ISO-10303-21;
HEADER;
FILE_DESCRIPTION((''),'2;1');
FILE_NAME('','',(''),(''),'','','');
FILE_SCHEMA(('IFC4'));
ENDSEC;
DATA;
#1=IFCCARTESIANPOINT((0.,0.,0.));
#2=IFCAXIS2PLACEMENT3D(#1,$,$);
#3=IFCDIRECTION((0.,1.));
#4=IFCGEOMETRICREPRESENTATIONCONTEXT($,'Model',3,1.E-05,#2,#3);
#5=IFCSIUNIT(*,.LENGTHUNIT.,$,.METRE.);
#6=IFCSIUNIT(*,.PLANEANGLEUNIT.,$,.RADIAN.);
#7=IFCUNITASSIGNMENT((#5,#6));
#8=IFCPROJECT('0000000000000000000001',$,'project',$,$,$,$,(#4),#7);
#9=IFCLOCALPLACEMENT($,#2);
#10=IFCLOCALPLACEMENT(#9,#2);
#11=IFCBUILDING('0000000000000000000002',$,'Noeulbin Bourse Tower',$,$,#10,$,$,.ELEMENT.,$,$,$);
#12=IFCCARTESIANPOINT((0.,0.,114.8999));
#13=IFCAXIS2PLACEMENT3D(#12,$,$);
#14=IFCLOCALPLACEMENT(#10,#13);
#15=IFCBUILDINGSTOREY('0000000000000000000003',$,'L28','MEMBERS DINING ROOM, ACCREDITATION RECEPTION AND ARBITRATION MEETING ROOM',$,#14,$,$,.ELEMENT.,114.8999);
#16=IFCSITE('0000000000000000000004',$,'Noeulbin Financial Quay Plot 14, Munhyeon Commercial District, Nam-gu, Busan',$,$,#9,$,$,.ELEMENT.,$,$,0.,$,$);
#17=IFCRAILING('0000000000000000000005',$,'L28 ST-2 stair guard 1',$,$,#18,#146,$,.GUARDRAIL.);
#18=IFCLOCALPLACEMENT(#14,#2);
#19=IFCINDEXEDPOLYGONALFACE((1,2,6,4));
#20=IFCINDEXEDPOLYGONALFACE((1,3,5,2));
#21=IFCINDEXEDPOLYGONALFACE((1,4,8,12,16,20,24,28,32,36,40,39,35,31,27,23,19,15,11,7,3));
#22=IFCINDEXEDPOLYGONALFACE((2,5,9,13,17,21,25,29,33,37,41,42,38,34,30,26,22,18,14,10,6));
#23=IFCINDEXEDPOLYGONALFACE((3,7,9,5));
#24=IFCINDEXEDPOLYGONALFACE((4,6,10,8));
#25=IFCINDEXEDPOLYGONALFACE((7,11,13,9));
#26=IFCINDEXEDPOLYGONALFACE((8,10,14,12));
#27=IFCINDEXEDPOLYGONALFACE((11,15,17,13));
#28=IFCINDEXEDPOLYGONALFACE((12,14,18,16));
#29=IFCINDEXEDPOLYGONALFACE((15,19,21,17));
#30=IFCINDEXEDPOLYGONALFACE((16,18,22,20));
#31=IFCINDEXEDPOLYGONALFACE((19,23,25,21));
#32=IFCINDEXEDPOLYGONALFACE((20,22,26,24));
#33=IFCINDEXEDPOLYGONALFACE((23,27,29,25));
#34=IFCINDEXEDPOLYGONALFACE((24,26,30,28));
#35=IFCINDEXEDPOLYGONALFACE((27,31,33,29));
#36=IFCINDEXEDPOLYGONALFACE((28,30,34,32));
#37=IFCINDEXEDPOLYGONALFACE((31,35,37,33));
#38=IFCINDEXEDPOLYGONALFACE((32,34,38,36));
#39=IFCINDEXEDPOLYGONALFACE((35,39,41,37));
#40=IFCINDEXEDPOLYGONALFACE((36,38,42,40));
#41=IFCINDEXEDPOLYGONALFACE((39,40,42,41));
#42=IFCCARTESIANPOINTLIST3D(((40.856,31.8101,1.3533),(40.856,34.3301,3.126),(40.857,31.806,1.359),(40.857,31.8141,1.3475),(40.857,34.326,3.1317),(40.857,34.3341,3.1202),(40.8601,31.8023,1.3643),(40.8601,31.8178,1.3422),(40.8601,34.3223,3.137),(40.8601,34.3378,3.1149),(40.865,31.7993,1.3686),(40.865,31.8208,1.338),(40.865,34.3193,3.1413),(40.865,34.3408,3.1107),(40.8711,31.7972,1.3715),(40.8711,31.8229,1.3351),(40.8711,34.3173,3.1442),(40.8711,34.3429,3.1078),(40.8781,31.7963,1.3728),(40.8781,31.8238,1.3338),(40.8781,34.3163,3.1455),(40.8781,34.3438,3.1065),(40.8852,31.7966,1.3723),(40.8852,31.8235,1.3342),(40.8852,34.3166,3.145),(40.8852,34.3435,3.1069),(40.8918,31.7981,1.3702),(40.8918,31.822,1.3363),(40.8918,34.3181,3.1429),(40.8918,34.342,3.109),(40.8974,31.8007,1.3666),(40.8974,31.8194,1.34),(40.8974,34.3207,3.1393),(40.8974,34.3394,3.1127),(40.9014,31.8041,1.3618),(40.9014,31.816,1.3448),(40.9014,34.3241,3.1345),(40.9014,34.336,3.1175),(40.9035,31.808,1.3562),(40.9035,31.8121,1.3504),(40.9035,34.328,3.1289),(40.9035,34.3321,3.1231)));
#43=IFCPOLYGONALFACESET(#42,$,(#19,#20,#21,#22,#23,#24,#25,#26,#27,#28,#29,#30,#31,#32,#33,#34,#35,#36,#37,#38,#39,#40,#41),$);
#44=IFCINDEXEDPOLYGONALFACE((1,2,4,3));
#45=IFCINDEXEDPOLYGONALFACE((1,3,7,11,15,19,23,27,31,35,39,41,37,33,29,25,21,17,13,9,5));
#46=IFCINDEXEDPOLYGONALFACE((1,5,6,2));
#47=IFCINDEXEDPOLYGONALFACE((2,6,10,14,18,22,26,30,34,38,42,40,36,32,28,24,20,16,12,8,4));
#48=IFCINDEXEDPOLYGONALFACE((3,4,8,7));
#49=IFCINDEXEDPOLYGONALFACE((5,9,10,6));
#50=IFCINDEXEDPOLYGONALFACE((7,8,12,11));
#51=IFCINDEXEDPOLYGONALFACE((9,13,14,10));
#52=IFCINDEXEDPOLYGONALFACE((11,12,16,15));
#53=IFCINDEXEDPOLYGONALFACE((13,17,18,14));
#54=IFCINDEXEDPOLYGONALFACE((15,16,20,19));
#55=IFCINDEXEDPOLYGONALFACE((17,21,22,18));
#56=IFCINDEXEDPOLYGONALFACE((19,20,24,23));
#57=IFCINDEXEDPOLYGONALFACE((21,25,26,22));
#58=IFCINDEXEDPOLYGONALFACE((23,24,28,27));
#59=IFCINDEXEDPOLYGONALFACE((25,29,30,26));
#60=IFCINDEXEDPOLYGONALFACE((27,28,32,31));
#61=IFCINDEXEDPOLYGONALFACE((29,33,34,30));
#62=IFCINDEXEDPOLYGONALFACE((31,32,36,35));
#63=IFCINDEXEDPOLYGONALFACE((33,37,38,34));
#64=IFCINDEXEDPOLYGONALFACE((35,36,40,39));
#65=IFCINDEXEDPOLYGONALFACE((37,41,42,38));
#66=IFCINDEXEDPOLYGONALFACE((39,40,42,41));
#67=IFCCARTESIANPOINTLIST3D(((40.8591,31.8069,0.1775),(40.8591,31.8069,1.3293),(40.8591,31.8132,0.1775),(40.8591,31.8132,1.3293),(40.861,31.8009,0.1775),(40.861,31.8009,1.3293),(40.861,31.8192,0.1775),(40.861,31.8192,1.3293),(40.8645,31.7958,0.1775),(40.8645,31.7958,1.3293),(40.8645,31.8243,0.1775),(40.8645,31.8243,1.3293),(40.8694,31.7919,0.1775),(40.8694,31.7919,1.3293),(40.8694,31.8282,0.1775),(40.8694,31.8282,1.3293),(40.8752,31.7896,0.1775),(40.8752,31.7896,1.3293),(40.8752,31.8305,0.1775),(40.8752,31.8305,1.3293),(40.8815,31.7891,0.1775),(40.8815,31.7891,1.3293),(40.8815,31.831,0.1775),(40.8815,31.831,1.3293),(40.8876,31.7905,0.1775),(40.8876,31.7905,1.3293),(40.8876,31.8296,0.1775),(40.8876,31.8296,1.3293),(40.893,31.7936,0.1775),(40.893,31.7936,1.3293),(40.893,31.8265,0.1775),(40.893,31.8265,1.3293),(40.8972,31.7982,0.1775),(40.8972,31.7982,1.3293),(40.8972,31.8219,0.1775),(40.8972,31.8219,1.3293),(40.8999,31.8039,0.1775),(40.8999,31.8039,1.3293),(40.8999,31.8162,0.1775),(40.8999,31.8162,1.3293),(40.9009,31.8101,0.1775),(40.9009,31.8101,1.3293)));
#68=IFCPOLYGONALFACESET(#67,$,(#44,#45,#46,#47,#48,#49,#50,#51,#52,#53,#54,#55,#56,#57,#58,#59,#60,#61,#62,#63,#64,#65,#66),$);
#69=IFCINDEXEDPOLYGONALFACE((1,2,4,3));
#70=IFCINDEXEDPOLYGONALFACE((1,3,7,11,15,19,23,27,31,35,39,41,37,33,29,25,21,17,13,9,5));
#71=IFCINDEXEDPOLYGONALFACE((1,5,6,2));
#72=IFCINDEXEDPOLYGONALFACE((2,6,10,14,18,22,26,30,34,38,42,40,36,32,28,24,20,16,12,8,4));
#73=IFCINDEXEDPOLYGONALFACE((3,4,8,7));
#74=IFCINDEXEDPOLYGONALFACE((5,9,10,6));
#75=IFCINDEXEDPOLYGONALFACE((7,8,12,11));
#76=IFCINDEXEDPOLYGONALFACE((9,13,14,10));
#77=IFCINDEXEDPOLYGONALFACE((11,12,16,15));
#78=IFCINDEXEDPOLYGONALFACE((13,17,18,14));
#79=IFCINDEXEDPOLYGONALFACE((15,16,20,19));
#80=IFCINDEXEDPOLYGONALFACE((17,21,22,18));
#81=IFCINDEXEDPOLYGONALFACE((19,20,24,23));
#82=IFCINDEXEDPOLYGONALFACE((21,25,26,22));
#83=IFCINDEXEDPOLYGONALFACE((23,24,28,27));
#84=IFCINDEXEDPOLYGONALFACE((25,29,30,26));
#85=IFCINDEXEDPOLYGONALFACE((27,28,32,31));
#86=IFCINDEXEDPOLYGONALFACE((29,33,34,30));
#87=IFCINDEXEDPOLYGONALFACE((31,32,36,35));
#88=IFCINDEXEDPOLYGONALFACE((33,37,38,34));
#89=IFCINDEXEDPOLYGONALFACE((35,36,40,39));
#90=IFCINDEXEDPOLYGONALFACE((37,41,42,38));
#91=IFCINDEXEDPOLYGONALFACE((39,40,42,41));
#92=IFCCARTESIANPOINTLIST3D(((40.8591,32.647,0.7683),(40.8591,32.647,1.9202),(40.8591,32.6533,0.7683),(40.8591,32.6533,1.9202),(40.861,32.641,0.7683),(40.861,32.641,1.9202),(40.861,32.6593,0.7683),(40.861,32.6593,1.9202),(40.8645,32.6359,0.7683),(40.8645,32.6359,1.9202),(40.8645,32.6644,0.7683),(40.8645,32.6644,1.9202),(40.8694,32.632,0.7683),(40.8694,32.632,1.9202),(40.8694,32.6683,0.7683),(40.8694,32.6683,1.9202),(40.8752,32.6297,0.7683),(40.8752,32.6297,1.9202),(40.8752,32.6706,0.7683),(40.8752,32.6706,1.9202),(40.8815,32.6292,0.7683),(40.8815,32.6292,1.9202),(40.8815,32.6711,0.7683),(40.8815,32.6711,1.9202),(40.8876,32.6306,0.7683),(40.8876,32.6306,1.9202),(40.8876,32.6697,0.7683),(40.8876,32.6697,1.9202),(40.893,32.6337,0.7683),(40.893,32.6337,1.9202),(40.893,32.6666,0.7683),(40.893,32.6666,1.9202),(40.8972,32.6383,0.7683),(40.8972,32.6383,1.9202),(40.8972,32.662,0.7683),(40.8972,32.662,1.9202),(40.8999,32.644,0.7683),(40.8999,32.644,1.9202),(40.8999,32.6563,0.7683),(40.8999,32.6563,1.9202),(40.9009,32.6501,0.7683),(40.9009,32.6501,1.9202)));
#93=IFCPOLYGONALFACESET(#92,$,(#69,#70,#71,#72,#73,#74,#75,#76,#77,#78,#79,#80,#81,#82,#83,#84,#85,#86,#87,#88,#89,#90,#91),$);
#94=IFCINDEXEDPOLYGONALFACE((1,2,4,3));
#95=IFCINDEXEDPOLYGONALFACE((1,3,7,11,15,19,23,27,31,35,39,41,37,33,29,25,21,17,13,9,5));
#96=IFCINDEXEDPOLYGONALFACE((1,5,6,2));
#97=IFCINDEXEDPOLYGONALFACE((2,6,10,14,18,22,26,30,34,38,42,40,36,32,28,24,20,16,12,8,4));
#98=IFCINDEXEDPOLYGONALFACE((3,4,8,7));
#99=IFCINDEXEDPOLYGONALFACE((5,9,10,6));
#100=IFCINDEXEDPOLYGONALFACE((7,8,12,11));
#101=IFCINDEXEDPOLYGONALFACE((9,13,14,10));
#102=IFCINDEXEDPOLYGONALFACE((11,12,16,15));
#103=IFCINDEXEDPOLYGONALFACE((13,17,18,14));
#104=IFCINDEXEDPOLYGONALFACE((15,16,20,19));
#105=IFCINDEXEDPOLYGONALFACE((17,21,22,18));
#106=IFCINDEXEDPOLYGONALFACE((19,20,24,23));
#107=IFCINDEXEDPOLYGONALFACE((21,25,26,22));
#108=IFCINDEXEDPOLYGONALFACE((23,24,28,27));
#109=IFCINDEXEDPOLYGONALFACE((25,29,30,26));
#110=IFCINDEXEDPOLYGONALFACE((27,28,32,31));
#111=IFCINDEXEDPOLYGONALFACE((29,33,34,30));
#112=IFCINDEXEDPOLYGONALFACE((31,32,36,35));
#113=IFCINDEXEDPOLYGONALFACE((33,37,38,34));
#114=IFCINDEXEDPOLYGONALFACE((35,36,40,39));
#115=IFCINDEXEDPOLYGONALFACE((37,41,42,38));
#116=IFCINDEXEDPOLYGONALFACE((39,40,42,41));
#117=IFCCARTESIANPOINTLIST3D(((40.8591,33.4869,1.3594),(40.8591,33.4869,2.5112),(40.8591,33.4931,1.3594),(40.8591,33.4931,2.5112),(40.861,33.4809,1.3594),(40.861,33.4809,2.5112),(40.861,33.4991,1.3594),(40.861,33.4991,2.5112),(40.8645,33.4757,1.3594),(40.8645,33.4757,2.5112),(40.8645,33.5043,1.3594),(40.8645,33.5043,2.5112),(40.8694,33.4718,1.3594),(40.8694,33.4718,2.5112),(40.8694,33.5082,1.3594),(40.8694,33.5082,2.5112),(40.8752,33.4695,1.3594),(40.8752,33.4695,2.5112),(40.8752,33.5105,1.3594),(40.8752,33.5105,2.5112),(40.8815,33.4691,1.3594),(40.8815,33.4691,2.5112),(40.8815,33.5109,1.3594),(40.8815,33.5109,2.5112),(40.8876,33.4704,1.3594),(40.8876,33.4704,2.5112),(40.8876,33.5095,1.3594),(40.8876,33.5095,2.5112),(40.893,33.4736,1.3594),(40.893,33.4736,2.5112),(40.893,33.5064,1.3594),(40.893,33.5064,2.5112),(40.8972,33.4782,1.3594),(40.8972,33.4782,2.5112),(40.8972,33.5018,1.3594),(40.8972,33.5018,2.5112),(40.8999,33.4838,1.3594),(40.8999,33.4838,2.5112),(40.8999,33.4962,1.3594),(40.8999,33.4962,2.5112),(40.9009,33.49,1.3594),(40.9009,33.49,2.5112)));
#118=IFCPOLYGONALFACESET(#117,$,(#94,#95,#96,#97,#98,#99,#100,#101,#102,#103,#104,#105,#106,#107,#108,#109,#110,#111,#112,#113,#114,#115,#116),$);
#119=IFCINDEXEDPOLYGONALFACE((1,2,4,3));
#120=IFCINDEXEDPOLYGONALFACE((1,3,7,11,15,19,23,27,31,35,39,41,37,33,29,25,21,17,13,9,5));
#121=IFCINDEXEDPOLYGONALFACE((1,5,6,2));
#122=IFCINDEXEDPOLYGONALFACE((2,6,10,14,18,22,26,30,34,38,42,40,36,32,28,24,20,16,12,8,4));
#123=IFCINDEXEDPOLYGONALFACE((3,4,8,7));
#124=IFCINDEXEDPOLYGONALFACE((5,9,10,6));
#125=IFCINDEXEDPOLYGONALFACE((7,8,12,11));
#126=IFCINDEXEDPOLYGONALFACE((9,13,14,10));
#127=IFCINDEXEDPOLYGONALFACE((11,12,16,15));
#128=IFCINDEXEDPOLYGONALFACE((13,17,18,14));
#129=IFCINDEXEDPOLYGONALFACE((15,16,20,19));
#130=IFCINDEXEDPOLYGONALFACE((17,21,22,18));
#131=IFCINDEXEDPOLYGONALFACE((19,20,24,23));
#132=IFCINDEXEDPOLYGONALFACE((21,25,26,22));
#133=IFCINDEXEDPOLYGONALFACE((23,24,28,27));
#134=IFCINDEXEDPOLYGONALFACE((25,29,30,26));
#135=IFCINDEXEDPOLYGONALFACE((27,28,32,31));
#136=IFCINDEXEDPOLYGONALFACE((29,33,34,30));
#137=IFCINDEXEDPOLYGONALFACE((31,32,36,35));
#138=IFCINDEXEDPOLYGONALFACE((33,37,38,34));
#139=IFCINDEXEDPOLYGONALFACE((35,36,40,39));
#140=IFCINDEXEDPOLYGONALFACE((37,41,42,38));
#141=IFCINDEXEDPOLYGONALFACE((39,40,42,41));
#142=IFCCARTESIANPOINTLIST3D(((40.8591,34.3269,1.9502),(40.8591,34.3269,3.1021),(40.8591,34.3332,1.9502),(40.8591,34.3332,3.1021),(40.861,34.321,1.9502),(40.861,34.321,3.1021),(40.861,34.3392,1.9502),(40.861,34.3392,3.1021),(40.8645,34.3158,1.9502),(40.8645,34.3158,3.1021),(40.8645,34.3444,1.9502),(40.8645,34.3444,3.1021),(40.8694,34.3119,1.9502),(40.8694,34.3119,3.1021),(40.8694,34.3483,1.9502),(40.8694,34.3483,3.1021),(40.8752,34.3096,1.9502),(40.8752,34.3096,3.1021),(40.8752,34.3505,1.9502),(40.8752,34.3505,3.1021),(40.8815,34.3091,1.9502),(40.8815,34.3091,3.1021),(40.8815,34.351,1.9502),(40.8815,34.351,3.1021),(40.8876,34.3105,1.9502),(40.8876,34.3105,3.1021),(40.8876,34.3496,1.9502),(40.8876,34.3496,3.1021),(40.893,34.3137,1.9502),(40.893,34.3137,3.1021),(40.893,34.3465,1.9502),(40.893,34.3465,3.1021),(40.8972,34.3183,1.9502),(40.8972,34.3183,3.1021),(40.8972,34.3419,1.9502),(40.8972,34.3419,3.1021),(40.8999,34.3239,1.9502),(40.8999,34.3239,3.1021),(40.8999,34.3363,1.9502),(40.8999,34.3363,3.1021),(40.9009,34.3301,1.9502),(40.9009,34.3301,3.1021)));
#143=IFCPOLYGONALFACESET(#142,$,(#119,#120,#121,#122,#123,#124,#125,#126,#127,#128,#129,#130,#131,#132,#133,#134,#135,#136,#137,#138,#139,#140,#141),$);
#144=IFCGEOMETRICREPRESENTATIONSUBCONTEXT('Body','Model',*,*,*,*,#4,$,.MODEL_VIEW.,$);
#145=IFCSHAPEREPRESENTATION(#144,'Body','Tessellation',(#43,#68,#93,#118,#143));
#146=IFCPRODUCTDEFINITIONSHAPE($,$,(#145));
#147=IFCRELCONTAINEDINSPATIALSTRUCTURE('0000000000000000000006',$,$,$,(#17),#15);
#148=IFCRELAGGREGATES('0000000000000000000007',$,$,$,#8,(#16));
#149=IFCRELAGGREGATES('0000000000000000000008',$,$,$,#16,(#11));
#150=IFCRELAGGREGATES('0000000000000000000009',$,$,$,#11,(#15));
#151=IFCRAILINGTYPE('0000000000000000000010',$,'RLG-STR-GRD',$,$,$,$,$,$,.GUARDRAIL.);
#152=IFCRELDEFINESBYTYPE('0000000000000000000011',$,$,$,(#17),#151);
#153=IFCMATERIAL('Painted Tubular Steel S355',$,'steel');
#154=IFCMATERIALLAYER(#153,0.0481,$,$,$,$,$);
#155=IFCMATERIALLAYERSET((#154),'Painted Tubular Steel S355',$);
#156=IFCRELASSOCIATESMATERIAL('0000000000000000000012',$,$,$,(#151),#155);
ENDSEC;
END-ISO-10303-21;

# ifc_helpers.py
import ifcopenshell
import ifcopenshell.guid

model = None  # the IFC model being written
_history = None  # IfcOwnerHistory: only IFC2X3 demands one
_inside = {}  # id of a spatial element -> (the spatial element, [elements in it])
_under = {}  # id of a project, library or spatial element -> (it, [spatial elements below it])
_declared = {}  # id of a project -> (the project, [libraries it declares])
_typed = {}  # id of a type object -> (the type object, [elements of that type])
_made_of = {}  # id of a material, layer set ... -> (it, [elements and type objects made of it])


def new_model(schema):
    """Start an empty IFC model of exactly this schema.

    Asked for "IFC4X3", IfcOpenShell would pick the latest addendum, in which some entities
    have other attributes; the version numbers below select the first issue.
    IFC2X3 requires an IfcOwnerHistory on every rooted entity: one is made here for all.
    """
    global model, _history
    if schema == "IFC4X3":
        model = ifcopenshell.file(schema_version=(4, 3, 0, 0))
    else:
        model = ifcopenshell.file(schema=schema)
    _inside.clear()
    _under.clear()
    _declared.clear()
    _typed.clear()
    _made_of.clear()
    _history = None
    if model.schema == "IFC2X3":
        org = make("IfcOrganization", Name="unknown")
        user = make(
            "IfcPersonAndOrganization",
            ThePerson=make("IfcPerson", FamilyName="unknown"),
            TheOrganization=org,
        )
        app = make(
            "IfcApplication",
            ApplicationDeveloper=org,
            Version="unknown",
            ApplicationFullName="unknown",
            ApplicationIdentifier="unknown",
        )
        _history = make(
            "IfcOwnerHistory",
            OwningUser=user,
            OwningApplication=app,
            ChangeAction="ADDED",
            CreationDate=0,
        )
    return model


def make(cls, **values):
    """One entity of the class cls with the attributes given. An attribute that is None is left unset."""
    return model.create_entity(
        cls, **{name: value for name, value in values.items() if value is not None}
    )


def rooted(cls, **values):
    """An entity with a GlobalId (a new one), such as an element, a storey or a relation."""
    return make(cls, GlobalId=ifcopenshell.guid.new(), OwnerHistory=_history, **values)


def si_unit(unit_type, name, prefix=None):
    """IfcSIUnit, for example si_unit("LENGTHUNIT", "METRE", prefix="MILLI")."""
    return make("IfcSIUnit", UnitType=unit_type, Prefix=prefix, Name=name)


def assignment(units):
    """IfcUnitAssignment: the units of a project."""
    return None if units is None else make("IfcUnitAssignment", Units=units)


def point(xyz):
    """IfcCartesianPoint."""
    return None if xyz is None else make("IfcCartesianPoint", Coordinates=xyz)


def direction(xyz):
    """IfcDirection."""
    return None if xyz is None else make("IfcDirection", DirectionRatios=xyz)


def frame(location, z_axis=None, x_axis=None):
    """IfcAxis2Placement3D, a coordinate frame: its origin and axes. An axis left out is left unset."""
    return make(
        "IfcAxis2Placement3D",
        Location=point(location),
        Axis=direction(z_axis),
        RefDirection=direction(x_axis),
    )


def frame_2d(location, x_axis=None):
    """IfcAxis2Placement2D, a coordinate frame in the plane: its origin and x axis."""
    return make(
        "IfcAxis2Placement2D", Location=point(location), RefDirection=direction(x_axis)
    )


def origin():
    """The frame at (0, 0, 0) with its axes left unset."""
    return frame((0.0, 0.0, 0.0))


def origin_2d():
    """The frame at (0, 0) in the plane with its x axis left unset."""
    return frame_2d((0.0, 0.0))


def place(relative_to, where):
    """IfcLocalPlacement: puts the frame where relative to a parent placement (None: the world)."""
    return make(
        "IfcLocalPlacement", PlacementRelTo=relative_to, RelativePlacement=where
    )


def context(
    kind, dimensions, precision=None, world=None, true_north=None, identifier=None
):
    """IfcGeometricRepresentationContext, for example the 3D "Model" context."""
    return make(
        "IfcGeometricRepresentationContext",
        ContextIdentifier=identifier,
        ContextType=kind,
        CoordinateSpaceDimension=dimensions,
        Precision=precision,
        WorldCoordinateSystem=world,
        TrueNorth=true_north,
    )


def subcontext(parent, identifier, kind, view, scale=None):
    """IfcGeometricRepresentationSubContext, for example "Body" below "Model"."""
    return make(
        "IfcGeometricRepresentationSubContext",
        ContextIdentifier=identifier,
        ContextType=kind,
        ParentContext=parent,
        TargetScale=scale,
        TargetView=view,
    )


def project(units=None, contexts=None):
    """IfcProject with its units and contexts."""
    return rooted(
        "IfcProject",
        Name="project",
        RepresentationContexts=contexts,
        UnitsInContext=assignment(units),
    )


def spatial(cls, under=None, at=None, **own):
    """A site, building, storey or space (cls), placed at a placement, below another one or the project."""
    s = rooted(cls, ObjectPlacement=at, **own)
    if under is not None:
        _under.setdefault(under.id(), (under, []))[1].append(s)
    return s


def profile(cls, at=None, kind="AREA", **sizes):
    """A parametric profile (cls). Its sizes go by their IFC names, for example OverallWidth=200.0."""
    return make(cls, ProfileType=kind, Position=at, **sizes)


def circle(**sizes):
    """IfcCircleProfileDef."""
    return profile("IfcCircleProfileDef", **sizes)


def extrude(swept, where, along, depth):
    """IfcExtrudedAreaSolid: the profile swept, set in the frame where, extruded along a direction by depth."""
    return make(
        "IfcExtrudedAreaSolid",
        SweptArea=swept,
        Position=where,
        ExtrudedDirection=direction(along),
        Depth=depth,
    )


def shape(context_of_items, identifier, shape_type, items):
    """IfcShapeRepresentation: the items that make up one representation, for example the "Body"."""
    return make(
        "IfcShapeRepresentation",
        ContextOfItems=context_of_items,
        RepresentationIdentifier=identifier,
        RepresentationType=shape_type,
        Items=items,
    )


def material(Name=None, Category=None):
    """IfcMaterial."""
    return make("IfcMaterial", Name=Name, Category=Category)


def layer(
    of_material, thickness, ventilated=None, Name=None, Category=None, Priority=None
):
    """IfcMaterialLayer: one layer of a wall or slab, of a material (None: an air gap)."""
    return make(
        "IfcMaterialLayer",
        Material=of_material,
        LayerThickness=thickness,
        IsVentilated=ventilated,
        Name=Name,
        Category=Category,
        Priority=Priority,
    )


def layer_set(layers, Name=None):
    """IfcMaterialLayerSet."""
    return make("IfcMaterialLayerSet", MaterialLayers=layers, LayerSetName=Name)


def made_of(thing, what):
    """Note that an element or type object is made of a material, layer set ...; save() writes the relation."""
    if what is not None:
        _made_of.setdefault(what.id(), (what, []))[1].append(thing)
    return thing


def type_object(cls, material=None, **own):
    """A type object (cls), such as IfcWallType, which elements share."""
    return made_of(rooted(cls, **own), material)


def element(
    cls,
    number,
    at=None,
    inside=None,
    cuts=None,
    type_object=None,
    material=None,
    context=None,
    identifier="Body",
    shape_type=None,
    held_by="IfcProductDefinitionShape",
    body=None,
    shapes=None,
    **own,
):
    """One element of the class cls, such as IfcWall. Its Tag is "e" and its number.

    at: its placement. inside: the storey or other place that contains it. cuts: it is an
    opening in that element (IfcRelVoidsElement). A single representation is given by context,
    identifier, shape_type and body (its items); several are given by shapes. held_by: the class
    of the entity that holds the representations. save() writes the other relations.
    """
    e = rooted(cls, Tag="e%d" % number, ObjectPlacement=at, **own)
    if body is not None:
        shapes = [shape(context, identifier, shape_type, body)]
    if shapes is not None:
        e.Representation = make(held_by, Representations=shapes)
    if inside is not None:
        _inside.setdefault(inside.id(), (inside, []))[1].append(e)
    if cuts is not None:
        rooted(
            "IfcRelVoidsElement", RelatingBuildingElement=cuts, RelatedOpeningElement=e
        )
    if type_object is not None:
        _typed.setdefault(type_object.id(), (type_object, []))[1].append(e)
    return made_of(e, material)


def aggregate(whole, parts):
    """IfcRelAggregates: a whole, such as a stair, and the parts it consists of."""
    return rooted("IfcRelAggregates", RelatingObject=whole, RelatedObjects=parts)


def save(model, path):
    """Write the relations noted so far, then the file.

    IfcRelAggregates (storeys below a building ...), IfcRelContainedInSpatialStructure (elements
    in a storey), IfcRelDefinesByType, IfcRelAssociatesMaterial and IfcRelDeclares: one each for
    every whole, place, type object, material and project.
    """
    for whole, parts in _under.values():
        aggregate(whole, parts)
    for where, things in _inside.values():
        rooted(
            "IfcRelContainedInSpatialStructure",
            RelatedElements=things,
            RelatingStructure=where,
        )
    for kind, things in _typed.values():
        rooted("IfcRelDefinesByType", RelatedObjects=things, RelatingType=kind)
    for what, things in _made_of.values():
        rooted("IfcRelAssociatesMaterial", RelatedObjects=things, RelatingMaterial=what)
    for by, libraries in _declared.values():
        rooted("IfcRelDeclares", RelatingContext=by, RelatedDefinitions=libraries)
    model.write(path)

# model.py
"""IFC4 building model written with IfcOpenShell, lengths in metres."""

from ifc_helpers import new_model, si_unit, direction, frame, origin, origin_2d, place, context, subcontext, project, spatial, circle, extrude, material, layer, layer_set, type_object, element, save


model = new_model("IFC4")

# Units and contexts
model_context = context("Model", 3, precision=1e-05, world=origin(), true_north=direction((0.0, 1.0)))
body_context = subcontext(model_context, "Body", "Model", "MODEL_VIEW")
ifc_project = project(units=[si_unit("LENGTHUNIT", "METRE"), si_unit("PLANEANGLEUNIT", "RADIAN")], contexts=[model_context])

# Site, building, storey
site_placement = place(None, origin())
site = spatial("IfcSite", under=ifc_project, at=site_placement, Name="Noeulbin Financial Quay Plot 14, Munhyeon Commercial District, Nam-gu, Busan", CompositionType="ELEMENT", RefElevation=0.0)
building_placement = place(site_placement, origin())
building = spatial("IfcBuilding", under=site, at=building_placement, Name="Noeulbin Bourse Tower", CompositionType="ELEMENT")
storey_placement = place(building_placement, frame((0.0, 0.0, 114.8999)))
storey = spatial("IfcBuildingStorey", under=building, at=storey_placement, Name="L28", Description="MEMBERS DINING ROOM, ACCREDITATION RECEPTION AND ARBITRATION MEETING ROOM", CompositionType="ELEMENT", Elevation=114.8999)

# Railing
ifc_material_1 = material(Name="Painted Tubular Steel S355", Category="steel")
ifc_layer_1 = layer(ifc_material_1, 0.0481)
ifc_layer_set_1 = layer_set([ifc_layer_1], Name="Painted Tubular Steel S355")
railing_type_1 = type_object("IfcRailingType", Name="RLG-STR-GRD", PredefinedType="GUARDRAIL", material=ifc_layer_set_1)
railing_1_placement = place(storey_placement, frame((40.8799, 31.8101, 0.1775)))
element("IfcRailing", 1, at=railing_1_placement, inside=storey, type_object=railing_type_1, Name="L28 ST-2 stair guard 1", PredefinedType="GUARDRAIL", context=body_context, shape_type="SweptSolid", body=[
    extrude(circle(Radius=0.0239, at=origin_2d()), frame((0.0, 0.0, 1.1758), z_axis=(0.0, 0.817904, 0.575354), x_axis=(-1.0, 0.0, 0.0)), (0.0, 0.0, 1.0), 3.0811),
    extrude(circle(Radius=0.021, at=origin_2d()), origin(), (0.0, 0.0, 1.0), 1.1519),
    extrude(circle(Radius=0.021, at=origin_2d()), frame((0.0, 0.8401, 0.5908)), (0.0, 0.0, 1.0), 1.1519),
    extrude(circle(Radius=0.021, at=origin_2d()), frame((0.0, 1.6799, 1.1819)), (0.0, 0.0, 1.0), 1.1519),
    extrude(circle(Radius=0.021, at=origin_2d()), frame((0.0, 2.52, 1.7727)), (0.0, 0.0, 1.0), 1.1519),
])

save(model, "model.ifc")
